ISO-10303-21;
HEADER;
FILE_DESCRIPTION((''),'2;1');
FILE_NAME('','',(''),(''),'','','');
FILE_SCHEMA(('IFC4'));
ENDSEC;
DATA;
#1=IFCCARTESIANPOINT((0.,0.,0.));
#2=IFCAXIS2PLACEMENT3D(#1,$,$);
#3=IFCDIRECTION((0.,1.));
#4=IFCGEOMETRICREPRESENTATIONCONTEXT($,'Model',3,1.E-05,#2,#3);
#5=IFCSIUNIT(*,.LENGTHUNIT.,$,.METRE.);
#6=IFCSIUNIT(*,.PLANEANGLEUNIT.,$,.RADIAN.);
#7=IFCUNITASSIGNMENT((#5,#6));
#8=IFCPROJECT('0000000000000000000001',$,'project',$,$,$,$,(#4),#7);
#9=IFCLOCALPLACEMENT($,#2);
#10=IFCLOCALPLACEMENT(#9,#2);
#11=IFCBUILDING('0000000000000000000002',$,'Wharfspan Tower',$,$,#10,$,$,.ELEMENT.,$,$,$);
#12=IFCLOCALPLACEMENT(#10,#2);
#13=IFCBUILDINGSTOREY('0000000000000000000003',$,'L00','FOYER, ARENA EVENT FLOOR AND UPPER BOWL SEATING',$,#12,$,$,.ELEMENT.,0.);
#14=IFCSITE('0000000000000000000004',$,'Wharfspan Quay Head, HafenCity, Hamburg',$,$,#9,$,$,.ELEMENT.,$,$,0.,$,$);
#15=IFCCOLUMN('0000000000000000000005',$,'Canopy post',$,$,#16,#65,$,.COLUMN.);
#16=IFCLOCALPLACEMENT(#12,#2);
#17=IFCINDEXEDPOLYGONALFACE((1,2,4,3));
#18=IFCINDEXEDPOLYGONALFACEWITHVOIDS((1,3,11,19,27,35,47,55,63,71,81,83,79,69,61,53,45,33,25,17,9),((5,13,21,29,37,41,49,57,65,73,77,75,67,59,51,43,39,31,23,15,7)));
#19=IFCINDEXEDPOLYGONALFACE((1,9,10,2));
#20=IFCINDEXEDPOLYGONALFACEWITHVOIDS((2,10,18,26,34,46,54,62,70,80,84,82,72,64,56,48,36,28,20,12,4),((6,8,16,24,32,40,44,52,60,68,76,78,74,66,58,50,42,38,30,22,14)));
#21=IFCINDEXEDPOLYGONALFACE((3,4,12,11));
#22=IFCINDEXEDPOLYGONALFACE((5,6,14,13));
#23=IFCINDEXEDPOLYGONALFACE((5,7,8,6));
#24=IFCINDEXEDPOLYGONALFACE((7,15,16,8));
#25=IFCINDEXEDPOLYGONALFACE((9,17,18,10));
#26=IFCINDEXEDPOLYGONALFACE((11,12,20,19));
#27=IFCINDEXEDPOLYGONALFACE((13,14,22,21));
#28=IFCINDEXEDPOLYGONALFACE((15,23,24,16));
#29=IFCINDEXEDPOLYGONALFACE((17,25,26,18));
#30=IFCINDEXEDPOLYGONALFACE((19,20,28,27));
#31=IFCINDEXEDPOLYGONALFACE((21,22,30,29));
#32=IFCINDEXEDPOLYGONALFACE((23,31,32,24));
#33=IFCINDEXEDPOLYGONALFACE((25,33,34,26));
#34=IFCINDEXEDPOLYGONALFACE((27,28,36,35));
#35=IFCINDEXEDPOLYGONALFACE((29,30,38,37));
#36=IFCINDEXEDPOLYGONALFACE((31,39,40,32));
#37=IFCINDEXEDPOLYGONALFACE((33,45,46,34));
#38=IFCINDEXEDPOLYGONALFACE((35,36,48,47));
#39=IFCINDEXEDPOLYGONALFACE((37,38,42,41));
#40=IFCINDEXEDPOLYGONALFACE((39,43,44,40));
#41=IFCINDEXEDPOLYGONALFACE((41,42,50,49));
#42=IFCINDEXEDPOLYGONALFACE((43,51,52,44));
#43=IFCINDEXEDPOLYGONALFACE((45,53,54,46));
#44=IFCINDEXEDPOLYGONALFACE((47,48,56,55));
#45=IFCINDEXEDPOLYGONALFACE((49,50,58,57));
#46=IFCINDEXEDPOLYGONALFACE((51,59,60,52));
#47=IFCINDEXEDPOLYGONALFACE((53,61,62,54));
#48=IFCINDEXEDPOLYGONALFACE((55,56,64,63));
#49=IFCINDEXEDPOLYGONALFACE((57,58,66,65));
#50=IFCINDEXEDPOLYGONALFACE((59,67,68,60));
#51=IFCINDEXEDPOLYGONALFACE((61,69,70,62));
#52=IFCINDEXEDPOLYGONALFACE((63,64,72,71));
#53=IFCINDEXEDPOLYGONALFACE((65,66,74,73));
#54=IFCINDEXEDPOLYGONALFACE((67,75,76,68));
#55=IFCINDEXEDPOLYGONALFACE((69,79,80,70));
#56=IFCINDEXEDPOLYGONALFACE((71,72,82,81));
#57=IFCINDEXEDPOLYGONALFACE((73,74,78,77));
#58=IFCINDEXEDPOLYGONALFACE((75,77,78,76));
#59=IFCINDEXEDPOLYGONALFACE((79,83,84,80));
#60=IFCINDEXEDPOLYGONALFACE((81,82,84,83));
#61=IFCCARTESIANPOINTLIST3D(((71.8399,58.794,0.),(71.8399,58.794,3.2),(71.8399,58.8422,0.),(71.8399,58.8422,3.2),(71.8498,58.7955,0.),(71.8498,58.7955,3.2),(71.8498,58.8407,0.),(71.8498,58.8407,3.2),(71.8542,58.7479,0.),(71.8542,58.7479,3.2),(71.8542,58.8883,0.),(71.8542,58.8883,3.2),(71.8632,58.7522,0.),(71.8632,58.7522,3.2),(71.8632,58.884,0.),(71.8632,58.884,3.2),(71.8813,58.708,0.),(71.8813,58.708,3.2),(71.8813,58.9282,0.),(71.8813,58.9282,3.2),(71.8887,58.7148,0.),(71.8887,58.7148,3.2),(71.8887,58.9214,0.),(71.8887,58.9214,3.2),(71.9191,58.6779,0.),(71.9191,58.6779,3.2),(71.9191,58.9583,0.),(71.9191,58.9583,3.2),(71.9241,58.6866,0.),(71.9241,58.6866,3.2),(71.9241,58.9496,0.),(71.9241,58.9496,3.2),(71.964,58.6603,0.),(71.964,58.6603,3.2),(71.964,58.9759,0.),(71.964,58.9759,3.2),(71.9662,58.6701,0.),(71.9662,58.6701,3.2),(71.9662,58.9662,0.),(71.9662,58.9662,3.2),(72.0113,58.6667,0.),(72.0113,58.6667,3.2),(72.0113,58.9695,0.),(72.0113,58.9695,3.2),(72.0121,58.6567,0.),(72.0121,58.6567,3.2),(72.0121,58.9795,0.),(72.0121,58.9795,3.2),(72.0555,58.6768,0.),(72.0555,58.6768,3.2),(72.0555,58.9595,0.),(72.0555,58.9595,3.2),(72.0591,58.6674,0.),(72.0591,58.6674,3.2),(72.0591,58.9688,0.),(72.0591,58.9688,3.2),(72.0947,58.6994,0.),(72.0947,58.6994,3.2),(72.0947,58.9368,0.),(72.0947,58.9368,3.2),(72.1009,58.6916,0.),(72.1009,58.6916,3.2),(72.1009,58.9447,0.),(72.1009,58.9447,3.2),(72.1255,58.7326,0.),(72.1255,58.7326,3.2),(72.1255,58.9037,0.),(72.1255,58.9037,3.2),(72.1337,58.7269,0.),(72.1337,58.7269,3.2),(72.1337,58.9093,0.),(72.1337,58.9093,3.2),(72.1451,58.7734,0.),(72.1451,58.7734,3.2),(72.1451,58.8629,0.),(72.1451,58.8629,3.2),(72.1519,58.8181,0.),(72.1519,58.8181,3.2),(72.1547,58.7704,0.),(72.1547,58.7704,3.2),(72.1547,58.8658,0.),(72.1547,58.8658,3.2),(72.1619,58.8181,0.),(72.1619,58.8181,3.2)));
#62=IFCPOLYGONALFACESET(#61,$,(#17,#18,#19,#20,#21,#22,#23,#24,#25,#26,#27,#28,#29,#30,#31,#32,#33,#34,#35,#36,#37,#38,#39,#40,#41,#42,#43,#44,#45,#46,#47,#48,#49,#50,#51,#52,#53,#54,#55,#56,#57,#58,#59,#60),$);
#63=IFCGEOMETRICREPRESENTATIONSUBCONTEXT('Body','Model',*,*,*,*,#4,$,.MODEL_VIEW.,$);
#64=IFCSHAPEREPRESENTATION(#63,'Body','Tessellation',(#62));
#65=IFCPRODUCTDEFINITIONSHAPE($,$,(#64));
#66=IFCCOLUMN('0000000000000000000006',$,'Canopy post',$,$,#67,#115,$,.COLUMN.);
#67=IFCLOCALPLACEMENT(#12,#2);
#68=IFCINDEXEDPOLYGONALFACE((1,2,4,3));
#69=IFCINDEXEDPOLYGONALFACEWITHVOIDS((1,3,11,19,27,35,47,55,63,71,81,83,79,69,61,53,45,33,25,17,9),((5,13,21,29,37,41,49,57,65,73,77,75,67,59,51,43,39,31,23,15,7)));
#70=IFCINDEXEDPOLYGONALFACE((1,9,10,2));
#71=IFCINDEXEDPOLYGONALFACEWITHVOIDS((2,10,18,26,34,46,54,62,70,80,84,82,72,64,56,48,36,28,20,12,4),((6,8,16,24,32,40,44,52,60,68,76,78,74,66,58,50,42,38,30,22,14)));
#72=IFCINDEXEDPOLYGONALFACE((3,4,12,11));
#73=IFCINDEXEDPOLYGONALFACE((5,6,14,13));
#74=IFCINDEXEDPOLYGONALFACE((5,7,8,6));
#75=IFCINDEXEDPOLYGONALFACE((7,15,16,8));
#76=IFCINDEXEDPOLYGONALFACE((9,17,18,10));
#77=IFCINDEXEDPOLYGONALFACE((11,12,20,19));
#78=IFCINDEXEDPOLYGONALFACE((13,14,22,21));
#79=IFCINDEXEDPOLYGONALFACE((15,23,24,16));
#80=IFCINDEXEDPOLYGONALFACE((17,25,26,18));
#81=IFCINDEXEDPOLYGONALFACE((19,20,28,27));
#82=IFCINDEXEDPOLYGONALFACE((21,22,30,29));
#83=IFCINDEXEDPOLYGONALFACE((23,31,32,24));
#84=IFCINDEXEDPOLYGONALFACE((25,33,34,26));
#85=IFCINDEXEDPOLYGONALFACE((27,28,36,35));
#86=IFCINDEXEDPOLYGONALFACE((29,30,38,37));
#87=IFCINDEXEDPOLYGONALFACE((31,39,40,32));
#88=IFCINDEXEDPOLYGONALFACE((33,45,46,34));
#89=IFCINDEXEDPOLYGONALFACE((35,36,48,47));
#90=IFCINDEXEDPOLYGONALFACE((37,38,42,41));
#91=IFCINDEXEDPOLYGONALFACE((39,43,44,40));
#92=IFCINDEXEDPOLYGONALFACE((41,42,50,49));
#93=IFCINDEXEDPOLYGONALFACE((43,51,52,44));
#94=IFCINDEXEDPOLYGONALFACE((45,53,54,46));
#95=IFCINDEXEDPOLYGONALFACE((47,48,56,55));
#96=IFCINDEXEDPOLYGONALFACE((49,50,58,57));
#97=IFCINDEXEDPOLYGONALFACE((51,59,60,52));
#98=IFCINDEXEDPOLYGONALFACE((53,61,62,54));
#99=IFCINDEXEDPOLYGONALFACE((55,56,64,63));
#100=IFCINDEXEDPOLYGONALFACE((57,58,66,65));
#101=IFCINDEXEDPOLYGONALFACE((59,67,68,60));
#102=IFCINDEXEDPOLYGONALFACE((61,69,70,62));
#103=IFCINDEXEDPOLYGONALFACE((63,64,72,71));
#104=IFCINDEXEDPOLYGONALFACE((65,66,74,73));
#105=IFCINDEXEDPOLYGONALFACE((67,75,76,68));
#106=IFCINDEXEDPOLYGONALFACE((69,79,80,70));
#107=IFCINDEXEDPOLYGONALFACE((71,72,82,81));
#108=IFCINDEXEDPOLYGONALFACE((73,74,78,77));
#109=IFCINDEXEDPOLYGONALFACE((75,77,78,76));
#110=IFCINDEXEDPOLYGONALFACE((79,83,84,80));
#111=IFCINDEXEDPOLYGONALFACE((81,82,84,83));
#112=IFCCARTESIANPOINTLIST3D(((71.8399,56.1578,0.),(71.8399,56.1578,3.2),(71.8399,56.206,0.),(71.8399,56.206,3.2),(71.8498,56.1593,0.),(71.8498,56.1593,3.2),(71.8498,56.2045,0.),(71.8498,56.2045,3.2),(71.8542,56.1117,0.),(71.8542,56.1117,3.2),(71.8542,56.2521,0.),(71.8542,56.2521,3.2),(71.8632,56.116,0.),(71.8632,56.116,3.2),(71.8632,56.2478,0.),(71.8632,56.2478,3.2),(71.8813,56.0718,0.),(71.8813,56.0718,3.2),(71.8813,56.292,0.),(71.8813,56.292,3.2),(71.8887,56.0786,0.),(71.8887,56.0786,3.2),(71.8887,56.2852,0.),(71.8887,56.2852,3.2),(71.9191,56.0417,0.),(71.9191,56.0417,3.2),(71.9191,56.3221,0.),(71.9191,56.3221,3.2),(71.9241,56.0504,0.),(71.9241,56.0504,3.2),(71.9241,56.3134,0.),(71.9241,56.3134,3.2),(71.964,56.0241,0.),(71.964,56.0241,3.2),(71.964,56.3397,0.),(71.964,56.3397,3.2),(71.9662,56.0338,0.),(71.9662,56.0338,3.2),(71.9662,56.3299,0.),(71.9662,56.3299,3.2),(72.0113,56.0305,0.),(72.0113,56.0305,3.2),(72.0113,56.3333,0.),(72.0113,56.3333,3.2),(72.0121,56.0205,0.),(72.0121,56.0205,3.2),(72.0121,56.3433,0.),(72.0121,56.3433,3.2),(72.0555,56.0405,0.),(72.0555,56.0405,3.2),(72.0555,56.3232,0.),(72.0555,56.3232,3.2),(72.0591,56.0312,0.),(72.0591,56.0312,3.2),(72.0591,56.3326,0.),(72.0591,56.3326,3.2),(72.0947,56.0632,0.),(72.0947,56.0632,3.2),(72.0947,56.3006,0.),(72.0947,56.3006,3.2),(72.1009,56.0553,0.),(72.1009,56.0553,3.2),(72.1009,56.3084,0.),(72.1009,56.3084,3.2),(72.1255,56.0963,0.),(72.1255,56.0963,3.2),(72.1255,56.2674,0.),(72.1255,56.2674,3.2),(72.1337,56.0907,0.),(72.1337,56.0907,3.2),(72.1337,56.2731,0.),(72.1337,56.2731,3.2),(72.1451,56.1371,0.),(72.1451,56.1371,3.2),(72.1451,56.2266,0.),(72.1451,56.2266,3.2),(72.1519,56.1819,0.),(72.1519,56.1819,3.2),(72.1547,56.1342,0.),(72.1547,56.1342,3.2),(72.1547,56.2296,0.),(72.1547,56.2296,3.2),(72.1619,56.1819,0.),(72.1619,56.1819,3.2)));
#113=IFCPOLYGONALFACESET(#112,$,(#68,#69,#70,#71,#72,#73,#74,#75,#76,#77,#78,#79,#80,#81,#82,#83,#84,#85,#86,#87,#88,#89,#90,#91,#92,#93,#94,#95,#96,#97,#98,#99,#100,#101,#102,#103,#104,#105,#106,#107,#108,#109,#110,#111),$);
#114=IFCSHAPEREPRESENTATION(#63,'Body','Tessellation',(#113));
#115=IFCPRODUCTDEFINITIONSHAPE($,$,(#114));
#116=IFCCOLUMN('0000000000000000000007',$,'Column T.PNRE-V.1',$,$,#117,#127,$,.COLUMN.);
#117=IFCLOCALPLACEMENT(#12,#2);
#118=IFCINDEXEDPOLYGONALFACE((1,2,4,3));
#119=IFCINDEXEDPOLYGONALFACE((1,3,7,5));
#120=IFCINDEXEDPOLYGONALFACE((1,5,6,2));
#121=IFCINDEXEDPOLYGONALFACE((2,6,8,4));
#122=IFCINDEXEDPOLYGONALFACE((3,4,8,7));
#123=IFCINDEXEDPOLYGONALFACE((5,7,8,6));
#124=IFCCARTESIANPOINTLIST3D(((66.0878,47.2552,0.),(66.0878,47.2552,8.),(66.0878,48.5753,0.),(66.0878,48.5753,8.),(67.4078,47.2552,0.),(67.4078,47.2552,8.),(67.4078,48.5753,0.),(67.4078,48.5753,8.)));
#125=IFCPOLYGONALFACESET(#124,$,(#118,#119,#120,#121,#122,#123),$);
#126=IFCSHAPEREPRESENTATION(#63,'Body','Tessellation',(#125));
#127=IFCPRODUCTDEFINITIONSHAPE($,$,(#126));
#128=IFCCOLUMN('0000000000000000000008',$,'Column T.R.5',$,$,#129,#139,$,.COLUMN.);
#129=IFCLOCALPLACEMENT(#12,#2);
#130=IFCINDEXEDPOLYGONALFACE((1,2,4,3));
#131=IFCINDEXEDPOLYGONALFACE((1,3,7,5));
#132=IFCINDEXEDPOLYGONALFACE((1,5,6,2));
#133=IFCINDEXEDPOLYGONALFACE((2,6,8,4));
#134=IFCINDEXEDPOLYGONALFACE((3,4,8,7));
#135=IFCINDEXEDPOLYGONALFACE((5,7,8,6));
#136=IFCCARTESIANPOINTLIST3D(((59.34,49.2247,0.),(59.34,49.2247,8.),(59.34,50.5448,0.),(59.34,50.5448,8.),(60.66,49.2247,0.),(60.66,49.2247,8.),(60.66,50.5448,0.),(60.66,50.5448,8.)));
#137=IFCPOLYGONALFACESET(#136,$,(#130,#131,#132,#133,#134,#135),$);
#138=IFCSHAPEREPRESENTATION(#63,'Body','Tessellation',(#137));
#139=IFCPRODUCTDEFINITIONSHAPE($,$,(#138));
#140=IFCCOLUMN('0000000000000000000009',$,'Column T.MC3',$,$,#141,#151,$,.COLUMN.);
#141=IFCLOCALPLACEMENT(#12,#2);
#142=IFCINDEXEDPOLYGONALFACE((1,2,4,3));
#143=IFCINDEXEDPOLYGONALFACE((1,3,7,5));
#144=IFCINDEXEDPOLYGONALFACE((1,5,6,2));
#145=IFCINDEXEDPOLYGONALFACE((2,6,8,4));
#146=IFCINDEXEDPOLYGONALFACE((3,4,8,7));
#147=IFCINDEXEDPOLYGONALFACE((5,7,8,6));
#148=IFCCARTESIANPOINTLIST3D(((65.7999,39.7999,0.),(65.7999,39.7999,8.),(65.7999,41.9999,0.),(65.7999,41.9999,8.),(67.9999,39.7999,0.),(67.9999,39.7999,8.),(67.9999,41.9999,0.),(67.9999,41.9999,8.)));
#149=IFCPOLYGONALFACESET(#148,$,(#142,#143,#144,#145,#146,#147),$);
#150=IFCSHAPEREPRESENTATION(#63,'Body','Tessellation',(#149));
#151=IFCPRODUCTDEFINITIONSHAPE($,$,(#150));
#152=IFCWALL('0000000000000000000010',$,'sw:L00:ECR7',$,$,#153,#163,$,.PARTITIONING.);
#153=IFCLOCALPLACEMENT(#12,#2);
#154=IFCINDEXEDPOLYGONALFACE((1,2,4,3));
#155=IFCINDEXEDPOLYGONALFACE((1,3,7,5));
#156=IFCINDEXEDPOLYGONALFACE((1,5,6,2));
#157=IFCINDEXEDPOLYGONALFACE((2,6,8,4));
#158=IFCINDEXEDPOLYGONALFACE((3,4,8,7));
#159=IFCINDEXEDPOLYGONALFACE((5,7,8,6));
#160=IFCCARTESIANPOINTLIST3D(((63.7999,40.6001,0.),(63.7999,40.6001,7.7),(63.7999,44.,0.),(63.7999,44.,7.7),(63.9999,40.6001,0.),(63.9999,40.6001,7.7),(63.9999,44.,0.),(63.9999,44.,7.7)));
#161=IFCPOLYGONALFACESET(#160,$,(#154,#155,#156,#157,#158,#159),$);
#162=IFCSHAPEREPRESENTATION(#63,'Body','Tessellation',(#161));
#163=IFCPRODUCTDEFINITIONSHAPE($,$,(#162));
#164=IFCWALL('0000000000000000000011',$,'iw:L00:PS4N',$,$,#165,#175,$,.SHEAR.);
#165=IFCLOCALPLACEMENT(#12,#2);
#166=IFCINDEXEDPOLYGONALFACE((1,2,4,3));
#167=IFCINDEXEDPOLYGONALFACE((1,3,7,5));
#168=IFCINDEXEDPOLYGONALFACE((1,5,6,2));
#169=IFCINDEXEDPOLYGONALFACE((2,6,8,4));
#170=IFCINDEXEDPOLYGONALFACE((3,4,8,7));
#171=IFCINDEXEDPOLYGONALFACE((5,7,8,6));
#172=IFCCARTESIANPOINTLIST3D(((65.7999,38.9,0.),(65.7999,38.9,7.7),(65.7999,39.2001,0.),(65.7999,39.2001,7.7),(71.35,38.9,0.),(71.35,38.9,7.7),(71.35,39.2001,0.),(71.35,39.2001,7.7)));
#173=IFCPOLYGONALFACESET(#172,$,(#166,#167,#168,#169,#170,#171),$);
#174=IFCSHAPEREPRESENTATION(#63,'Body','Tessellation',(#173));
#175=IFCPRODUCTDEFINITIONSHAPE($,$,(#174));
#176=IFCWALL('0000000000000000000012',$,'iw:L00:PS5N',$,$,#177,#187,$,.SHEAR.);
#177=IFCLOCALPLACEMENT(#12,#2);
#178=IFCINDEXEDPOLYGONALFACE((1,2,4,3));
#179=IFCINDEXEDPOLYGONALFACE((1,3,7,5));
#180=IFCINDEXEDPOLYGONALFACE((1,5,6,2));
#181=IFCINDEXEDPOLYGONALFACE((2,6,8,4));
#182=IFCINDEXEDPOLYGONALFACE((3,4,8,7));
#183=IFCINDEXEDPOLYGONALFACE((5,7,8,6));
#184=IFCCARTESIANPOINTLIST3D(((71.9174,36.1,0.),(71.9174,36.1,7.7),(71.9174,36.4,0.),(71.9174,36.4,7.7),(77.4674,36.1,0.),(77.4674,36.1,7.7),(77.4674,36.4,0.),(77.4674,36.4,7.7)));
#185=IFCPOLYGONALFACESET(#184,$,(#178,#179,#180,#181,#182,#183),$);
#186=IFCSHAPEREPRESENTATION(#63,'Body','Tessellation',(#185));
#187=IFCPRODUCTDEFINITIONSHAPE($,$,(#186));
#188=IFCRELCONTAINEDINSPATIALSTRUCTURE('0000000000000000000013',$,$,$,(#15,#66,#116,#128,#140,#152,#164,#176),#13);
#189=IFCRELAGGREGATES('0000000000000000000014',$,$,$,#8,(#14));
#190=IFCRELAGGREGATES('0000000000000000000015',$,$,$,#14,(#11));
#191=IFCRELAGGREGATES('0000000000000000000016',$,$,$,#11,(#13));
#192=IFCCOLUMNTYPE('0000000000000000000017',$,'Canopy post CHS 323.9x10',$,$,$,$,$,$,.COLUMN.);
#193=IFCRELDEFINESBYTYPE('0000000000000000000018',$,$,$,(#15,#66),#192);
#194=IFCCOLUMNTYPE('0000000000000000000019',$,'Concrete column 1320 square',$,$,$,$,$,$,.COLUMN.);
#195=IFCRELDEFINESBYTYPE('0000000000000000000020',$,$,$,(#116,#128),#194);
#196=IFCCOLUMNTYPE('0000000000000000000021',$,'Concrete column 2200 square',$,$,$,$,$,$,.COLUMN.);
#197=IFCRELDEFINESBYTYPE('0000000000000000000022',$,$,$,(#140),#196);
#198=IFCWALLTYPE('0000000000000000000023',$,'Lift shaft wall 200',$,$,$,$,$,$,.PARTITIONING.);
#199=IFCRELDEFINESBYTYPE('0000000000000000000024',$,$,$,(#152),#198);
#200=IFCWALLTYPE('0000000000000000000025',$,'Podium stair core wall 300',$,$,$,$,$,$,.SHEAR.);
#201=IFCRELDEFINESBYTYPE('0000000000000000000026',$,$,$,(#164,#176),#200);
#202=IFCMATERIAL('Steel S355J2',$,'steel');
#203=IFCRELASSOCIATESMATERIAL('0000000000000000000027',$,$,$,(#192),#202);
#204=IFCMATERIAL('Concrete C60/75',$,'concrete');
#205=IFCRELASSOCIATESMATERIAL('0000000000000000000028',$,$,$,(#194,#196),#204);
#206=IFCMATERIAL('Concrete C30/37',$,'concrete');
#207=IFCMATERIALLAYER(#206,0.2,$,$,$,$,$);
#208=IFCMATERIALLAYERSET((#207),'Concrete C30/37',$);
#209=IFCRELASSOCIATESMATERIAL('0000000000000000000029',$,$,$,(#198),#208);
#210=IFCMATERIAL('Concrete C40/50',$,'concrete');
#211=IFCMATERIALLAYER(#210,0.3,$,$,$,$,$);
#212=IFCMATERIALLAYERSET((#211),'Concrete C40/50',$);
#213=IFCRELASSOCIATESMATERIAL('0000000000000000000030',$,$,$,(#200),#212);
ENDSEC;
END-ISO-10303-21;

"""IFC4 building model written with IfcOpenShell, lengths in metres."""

from ifc_helpers import new_model, si_unit, direction, frame, frame_2d, origin, origin_2d, place, context, subcontext, project, spatial, rectangle, hollow_circle, extrude, material, layer, layer_set, material_profile, profile_set, type_object, element, save


model = new_model("IFC4")

# Units and contexts
model_context = context("Model", 3, precision=1e-05, world=origin(), true_north=direction((0.0, 1.0)))
body_context = subcontext(model_context, "Body", "Model", "MODEL_VIEW")
ifc_project = project(units=[si_unit("LENGTHUNIT", "METRE"), si_unit("PLANEANGLEUNIT", "RADIAN")], contexts=[model_context])

# Site, building, storey
site_placement = place(None, origin())
site = spatial("IfcSite", under=ifc_project, at=site_placement, Name="Wharfspan Quay Head, HafenCity, Hamburg", CompositionType="ELEMENT", RefElevation=0.0)
building_placement = place(site_placement, origin())
building = spatial("IfcBuilding", under=site, at=building_placement, Name="Wharfspan Tower", CompositionType="ELEMENT")
storey_placement = place(building_placement, origin())
storey = spatial("IfcBuildingStorey", under=building, at=storey_placement, Name="L00", Description="FOYER, ARENA EVENT FLOOR AND UPPER BOWL SEATING", CompositionType="ELEMENT", Elevation=0.0)

# Columns
ifc_material_1 = material(Name="Steel S355J2", Category="steel")
ifc_material_profile_1 = material_profile(ifc_material_1, hollow_circle(Radius=0.1619, WallThickness=0.01, at=origin_2d()))
ifc_profile_set_1 = profile_set([ifc_material_profile_1], Name="Steel S355J2")
column_type_1 = type_object("IfcColumnType", Name="Canopy post CHS 323.9x10", PredefinedType="COLUMN", material=ifc_profile_set_1)
for number, where, z_axis, x_axis, name in (
    (1, (72.0, 58.8181, 0.0), (0.0, 0.0, 1.0), (1.0, 0.0, 0.0), "Canopy post"),
    (2, (72.0, 56.1819, 0.0), (0.0, 0.0, 1.0), (1.0, 0.0, 0.0), "Canopy post"),
):
    element("IfcColumn", number, at=place(storey_placement, frame(where, z_axis=z_axis, x_axis=x_axis)), inside=storey, type_object=column_type_1, Name=name, PredefinedType="COLUMN", context=body_context, shape_type="SweptSolid", body=[
        extrude(hollow_circle(Radius=0.1619, WallThickness=0.01, at=origin_2d()), origin(), (0.0, 0.0, 1.0), 3.2),
    ])
ifc_material_2 = material(Name="Concrete C60/75", Category="concrete")
ifc_material_profile_2 = material_profile(ifc_material_2, rectangle(XDim=1.3201, YDim=1.3201, at=origin_2d()))
ifc_profile_set_2 = profile_set([ifc_material_profile_2], Name="Concrete C60/75")
column_type_2 = type_object("IfcColumnType", Name="Concrete column 1320 square", PredefinedType="COLUMN", material=ifc_profile_set_2)
for number, where, z_axis, x_axis, name in (
    (3, (66.7478, 47.9153, 0.0), (0.0, 0.0, 1.0), (1.0, 0.0, 0.0), "Column T.PNRE-V.1"),
    (4, (60.0, 49.8848, 0.0), (0.0, 0.0, 1.0), (1.0, 0.0, 0.0), "Column T.R.5"),
):
    element("IfcColumn", number, at=place(storey_placement, frame(where, z_axis=z_axis, x_axis=x_axis)), inside=storey, type_object=column_type_2, Name=name, PredefinedType="COLUMN", context=body_context, shape_type="SweptSolid", body=[
        extrude(rectangle(XDim=1.3201, YDim=1.3201, at=origin_2d()), origin(), (0.0, 0.0, 1.0), 8.0),
    ])
ifc_material_profile_3 = material_profile(ifc_material_2, rectangle(XDim=2.2, YDim=2.2, at=origin_2d()))
ifc_profile_set_3 = profile_set([ifc_material_profile_3], Name="Concrete C60/75")
column_type_3 = type_object("IfcColumnType", Name="Concrete column 2200 square", PredefinedType="COLUMN", material=ifc_profile_set_3)
column_placement = place(storey_placement, frame((66.8999, 40.8999, 0.0), z_axis=(0.0, 0.0, 1.0), x_axis=(1.0, 0.0, 0.0)))
element("IfcColumn", 5, at=column_placement, inside=storey, type_object=column_type_3, Name="Column T.MC3", PredefinedType="COLUMN", context=body_context, shape_type="SweptSolid", body=[
    extrude(rectangle(XDim=2.2, YDim=2.2, at=origin_2d()), origin(), (0.0, 0.0, 1.0), 8.0),
])

# Walls
ifc_material_3 = material(Name="Concrete C30/37", Category="concrete")
ifc_layer_1 = layer(ifc_material_3, 0.2)
ifc_layer_set_1 = layer_set([ifc_layer_1], Name="Concrete C30/37")
wall_type_1 = type_object("IfcWallType", Name="Lift shaft wall 200", PredefinedType="PARTITIONING", material=ifc_layer_set_1)
wall_1_placement = place(storey_placement, frame((63.8999, 40.6001, 0.0), z_axis=(0.0, 0.0, 1.0), x_axis=(0.0, 1.0, 0.0)))
element("IfcWall", 6, at=wall_1_placement, inside=storey, type_object=wall_type_1, Name="sw:L00:ECR7", PredefinedType="PARTITIONING", context=body_context, shape_type="SweptSolid", body=[
    extrude(rectangle(XDim=3.3999, YDim=0.2, at=frame_2d((1.7, 0.0))), origin(), (0.0, 0.0, 1.0), 7.7),
])
ifc_material_4 = material(Name="Concrete C40/50", Category="concrete")
ifc_layer_2 = layer(ifc_material_4, 0.3)
ifc_layer_set_2 = layer_set([ifc_layer_2], Name="Concrete C40/50")
wall_type_2 = type_object("IfcWallType", Name="Podium stair core wall 300", PredefinedType="SHEAR", material=ifc_layer_set_2)
for number, where, z_axis, x_axis, name in (
    (7, (65.8, 39.05, 0.0), (0.0, 0.0, 1.0), (1.0, 0.0, 0.0), "iw:L00:PS4N"),
    (8, (71.9175, 36.25, 0.0), (0.0, 0.0, 1.0), (1.0, 0.0, 0.0), "iw:L00:PS5N"),
):
    element("IfcWall", number, at=place(storey_placement, frame(where, z_axis=z_axis, x_axis=x_axis)), inside=storey, type_object=wall_type_2, Name=name, PredefinedType="SHEAR", context=body_context, shape_type="SweptSolid", body=[
        extrude(rectangle(XDim=5.55, YDim=0.3, at=frame_2d((2.7749, 0.0))), origin(), (0.0, 0.0, 1.0), 7.7),
    ])

save(model, "model.ifc")
